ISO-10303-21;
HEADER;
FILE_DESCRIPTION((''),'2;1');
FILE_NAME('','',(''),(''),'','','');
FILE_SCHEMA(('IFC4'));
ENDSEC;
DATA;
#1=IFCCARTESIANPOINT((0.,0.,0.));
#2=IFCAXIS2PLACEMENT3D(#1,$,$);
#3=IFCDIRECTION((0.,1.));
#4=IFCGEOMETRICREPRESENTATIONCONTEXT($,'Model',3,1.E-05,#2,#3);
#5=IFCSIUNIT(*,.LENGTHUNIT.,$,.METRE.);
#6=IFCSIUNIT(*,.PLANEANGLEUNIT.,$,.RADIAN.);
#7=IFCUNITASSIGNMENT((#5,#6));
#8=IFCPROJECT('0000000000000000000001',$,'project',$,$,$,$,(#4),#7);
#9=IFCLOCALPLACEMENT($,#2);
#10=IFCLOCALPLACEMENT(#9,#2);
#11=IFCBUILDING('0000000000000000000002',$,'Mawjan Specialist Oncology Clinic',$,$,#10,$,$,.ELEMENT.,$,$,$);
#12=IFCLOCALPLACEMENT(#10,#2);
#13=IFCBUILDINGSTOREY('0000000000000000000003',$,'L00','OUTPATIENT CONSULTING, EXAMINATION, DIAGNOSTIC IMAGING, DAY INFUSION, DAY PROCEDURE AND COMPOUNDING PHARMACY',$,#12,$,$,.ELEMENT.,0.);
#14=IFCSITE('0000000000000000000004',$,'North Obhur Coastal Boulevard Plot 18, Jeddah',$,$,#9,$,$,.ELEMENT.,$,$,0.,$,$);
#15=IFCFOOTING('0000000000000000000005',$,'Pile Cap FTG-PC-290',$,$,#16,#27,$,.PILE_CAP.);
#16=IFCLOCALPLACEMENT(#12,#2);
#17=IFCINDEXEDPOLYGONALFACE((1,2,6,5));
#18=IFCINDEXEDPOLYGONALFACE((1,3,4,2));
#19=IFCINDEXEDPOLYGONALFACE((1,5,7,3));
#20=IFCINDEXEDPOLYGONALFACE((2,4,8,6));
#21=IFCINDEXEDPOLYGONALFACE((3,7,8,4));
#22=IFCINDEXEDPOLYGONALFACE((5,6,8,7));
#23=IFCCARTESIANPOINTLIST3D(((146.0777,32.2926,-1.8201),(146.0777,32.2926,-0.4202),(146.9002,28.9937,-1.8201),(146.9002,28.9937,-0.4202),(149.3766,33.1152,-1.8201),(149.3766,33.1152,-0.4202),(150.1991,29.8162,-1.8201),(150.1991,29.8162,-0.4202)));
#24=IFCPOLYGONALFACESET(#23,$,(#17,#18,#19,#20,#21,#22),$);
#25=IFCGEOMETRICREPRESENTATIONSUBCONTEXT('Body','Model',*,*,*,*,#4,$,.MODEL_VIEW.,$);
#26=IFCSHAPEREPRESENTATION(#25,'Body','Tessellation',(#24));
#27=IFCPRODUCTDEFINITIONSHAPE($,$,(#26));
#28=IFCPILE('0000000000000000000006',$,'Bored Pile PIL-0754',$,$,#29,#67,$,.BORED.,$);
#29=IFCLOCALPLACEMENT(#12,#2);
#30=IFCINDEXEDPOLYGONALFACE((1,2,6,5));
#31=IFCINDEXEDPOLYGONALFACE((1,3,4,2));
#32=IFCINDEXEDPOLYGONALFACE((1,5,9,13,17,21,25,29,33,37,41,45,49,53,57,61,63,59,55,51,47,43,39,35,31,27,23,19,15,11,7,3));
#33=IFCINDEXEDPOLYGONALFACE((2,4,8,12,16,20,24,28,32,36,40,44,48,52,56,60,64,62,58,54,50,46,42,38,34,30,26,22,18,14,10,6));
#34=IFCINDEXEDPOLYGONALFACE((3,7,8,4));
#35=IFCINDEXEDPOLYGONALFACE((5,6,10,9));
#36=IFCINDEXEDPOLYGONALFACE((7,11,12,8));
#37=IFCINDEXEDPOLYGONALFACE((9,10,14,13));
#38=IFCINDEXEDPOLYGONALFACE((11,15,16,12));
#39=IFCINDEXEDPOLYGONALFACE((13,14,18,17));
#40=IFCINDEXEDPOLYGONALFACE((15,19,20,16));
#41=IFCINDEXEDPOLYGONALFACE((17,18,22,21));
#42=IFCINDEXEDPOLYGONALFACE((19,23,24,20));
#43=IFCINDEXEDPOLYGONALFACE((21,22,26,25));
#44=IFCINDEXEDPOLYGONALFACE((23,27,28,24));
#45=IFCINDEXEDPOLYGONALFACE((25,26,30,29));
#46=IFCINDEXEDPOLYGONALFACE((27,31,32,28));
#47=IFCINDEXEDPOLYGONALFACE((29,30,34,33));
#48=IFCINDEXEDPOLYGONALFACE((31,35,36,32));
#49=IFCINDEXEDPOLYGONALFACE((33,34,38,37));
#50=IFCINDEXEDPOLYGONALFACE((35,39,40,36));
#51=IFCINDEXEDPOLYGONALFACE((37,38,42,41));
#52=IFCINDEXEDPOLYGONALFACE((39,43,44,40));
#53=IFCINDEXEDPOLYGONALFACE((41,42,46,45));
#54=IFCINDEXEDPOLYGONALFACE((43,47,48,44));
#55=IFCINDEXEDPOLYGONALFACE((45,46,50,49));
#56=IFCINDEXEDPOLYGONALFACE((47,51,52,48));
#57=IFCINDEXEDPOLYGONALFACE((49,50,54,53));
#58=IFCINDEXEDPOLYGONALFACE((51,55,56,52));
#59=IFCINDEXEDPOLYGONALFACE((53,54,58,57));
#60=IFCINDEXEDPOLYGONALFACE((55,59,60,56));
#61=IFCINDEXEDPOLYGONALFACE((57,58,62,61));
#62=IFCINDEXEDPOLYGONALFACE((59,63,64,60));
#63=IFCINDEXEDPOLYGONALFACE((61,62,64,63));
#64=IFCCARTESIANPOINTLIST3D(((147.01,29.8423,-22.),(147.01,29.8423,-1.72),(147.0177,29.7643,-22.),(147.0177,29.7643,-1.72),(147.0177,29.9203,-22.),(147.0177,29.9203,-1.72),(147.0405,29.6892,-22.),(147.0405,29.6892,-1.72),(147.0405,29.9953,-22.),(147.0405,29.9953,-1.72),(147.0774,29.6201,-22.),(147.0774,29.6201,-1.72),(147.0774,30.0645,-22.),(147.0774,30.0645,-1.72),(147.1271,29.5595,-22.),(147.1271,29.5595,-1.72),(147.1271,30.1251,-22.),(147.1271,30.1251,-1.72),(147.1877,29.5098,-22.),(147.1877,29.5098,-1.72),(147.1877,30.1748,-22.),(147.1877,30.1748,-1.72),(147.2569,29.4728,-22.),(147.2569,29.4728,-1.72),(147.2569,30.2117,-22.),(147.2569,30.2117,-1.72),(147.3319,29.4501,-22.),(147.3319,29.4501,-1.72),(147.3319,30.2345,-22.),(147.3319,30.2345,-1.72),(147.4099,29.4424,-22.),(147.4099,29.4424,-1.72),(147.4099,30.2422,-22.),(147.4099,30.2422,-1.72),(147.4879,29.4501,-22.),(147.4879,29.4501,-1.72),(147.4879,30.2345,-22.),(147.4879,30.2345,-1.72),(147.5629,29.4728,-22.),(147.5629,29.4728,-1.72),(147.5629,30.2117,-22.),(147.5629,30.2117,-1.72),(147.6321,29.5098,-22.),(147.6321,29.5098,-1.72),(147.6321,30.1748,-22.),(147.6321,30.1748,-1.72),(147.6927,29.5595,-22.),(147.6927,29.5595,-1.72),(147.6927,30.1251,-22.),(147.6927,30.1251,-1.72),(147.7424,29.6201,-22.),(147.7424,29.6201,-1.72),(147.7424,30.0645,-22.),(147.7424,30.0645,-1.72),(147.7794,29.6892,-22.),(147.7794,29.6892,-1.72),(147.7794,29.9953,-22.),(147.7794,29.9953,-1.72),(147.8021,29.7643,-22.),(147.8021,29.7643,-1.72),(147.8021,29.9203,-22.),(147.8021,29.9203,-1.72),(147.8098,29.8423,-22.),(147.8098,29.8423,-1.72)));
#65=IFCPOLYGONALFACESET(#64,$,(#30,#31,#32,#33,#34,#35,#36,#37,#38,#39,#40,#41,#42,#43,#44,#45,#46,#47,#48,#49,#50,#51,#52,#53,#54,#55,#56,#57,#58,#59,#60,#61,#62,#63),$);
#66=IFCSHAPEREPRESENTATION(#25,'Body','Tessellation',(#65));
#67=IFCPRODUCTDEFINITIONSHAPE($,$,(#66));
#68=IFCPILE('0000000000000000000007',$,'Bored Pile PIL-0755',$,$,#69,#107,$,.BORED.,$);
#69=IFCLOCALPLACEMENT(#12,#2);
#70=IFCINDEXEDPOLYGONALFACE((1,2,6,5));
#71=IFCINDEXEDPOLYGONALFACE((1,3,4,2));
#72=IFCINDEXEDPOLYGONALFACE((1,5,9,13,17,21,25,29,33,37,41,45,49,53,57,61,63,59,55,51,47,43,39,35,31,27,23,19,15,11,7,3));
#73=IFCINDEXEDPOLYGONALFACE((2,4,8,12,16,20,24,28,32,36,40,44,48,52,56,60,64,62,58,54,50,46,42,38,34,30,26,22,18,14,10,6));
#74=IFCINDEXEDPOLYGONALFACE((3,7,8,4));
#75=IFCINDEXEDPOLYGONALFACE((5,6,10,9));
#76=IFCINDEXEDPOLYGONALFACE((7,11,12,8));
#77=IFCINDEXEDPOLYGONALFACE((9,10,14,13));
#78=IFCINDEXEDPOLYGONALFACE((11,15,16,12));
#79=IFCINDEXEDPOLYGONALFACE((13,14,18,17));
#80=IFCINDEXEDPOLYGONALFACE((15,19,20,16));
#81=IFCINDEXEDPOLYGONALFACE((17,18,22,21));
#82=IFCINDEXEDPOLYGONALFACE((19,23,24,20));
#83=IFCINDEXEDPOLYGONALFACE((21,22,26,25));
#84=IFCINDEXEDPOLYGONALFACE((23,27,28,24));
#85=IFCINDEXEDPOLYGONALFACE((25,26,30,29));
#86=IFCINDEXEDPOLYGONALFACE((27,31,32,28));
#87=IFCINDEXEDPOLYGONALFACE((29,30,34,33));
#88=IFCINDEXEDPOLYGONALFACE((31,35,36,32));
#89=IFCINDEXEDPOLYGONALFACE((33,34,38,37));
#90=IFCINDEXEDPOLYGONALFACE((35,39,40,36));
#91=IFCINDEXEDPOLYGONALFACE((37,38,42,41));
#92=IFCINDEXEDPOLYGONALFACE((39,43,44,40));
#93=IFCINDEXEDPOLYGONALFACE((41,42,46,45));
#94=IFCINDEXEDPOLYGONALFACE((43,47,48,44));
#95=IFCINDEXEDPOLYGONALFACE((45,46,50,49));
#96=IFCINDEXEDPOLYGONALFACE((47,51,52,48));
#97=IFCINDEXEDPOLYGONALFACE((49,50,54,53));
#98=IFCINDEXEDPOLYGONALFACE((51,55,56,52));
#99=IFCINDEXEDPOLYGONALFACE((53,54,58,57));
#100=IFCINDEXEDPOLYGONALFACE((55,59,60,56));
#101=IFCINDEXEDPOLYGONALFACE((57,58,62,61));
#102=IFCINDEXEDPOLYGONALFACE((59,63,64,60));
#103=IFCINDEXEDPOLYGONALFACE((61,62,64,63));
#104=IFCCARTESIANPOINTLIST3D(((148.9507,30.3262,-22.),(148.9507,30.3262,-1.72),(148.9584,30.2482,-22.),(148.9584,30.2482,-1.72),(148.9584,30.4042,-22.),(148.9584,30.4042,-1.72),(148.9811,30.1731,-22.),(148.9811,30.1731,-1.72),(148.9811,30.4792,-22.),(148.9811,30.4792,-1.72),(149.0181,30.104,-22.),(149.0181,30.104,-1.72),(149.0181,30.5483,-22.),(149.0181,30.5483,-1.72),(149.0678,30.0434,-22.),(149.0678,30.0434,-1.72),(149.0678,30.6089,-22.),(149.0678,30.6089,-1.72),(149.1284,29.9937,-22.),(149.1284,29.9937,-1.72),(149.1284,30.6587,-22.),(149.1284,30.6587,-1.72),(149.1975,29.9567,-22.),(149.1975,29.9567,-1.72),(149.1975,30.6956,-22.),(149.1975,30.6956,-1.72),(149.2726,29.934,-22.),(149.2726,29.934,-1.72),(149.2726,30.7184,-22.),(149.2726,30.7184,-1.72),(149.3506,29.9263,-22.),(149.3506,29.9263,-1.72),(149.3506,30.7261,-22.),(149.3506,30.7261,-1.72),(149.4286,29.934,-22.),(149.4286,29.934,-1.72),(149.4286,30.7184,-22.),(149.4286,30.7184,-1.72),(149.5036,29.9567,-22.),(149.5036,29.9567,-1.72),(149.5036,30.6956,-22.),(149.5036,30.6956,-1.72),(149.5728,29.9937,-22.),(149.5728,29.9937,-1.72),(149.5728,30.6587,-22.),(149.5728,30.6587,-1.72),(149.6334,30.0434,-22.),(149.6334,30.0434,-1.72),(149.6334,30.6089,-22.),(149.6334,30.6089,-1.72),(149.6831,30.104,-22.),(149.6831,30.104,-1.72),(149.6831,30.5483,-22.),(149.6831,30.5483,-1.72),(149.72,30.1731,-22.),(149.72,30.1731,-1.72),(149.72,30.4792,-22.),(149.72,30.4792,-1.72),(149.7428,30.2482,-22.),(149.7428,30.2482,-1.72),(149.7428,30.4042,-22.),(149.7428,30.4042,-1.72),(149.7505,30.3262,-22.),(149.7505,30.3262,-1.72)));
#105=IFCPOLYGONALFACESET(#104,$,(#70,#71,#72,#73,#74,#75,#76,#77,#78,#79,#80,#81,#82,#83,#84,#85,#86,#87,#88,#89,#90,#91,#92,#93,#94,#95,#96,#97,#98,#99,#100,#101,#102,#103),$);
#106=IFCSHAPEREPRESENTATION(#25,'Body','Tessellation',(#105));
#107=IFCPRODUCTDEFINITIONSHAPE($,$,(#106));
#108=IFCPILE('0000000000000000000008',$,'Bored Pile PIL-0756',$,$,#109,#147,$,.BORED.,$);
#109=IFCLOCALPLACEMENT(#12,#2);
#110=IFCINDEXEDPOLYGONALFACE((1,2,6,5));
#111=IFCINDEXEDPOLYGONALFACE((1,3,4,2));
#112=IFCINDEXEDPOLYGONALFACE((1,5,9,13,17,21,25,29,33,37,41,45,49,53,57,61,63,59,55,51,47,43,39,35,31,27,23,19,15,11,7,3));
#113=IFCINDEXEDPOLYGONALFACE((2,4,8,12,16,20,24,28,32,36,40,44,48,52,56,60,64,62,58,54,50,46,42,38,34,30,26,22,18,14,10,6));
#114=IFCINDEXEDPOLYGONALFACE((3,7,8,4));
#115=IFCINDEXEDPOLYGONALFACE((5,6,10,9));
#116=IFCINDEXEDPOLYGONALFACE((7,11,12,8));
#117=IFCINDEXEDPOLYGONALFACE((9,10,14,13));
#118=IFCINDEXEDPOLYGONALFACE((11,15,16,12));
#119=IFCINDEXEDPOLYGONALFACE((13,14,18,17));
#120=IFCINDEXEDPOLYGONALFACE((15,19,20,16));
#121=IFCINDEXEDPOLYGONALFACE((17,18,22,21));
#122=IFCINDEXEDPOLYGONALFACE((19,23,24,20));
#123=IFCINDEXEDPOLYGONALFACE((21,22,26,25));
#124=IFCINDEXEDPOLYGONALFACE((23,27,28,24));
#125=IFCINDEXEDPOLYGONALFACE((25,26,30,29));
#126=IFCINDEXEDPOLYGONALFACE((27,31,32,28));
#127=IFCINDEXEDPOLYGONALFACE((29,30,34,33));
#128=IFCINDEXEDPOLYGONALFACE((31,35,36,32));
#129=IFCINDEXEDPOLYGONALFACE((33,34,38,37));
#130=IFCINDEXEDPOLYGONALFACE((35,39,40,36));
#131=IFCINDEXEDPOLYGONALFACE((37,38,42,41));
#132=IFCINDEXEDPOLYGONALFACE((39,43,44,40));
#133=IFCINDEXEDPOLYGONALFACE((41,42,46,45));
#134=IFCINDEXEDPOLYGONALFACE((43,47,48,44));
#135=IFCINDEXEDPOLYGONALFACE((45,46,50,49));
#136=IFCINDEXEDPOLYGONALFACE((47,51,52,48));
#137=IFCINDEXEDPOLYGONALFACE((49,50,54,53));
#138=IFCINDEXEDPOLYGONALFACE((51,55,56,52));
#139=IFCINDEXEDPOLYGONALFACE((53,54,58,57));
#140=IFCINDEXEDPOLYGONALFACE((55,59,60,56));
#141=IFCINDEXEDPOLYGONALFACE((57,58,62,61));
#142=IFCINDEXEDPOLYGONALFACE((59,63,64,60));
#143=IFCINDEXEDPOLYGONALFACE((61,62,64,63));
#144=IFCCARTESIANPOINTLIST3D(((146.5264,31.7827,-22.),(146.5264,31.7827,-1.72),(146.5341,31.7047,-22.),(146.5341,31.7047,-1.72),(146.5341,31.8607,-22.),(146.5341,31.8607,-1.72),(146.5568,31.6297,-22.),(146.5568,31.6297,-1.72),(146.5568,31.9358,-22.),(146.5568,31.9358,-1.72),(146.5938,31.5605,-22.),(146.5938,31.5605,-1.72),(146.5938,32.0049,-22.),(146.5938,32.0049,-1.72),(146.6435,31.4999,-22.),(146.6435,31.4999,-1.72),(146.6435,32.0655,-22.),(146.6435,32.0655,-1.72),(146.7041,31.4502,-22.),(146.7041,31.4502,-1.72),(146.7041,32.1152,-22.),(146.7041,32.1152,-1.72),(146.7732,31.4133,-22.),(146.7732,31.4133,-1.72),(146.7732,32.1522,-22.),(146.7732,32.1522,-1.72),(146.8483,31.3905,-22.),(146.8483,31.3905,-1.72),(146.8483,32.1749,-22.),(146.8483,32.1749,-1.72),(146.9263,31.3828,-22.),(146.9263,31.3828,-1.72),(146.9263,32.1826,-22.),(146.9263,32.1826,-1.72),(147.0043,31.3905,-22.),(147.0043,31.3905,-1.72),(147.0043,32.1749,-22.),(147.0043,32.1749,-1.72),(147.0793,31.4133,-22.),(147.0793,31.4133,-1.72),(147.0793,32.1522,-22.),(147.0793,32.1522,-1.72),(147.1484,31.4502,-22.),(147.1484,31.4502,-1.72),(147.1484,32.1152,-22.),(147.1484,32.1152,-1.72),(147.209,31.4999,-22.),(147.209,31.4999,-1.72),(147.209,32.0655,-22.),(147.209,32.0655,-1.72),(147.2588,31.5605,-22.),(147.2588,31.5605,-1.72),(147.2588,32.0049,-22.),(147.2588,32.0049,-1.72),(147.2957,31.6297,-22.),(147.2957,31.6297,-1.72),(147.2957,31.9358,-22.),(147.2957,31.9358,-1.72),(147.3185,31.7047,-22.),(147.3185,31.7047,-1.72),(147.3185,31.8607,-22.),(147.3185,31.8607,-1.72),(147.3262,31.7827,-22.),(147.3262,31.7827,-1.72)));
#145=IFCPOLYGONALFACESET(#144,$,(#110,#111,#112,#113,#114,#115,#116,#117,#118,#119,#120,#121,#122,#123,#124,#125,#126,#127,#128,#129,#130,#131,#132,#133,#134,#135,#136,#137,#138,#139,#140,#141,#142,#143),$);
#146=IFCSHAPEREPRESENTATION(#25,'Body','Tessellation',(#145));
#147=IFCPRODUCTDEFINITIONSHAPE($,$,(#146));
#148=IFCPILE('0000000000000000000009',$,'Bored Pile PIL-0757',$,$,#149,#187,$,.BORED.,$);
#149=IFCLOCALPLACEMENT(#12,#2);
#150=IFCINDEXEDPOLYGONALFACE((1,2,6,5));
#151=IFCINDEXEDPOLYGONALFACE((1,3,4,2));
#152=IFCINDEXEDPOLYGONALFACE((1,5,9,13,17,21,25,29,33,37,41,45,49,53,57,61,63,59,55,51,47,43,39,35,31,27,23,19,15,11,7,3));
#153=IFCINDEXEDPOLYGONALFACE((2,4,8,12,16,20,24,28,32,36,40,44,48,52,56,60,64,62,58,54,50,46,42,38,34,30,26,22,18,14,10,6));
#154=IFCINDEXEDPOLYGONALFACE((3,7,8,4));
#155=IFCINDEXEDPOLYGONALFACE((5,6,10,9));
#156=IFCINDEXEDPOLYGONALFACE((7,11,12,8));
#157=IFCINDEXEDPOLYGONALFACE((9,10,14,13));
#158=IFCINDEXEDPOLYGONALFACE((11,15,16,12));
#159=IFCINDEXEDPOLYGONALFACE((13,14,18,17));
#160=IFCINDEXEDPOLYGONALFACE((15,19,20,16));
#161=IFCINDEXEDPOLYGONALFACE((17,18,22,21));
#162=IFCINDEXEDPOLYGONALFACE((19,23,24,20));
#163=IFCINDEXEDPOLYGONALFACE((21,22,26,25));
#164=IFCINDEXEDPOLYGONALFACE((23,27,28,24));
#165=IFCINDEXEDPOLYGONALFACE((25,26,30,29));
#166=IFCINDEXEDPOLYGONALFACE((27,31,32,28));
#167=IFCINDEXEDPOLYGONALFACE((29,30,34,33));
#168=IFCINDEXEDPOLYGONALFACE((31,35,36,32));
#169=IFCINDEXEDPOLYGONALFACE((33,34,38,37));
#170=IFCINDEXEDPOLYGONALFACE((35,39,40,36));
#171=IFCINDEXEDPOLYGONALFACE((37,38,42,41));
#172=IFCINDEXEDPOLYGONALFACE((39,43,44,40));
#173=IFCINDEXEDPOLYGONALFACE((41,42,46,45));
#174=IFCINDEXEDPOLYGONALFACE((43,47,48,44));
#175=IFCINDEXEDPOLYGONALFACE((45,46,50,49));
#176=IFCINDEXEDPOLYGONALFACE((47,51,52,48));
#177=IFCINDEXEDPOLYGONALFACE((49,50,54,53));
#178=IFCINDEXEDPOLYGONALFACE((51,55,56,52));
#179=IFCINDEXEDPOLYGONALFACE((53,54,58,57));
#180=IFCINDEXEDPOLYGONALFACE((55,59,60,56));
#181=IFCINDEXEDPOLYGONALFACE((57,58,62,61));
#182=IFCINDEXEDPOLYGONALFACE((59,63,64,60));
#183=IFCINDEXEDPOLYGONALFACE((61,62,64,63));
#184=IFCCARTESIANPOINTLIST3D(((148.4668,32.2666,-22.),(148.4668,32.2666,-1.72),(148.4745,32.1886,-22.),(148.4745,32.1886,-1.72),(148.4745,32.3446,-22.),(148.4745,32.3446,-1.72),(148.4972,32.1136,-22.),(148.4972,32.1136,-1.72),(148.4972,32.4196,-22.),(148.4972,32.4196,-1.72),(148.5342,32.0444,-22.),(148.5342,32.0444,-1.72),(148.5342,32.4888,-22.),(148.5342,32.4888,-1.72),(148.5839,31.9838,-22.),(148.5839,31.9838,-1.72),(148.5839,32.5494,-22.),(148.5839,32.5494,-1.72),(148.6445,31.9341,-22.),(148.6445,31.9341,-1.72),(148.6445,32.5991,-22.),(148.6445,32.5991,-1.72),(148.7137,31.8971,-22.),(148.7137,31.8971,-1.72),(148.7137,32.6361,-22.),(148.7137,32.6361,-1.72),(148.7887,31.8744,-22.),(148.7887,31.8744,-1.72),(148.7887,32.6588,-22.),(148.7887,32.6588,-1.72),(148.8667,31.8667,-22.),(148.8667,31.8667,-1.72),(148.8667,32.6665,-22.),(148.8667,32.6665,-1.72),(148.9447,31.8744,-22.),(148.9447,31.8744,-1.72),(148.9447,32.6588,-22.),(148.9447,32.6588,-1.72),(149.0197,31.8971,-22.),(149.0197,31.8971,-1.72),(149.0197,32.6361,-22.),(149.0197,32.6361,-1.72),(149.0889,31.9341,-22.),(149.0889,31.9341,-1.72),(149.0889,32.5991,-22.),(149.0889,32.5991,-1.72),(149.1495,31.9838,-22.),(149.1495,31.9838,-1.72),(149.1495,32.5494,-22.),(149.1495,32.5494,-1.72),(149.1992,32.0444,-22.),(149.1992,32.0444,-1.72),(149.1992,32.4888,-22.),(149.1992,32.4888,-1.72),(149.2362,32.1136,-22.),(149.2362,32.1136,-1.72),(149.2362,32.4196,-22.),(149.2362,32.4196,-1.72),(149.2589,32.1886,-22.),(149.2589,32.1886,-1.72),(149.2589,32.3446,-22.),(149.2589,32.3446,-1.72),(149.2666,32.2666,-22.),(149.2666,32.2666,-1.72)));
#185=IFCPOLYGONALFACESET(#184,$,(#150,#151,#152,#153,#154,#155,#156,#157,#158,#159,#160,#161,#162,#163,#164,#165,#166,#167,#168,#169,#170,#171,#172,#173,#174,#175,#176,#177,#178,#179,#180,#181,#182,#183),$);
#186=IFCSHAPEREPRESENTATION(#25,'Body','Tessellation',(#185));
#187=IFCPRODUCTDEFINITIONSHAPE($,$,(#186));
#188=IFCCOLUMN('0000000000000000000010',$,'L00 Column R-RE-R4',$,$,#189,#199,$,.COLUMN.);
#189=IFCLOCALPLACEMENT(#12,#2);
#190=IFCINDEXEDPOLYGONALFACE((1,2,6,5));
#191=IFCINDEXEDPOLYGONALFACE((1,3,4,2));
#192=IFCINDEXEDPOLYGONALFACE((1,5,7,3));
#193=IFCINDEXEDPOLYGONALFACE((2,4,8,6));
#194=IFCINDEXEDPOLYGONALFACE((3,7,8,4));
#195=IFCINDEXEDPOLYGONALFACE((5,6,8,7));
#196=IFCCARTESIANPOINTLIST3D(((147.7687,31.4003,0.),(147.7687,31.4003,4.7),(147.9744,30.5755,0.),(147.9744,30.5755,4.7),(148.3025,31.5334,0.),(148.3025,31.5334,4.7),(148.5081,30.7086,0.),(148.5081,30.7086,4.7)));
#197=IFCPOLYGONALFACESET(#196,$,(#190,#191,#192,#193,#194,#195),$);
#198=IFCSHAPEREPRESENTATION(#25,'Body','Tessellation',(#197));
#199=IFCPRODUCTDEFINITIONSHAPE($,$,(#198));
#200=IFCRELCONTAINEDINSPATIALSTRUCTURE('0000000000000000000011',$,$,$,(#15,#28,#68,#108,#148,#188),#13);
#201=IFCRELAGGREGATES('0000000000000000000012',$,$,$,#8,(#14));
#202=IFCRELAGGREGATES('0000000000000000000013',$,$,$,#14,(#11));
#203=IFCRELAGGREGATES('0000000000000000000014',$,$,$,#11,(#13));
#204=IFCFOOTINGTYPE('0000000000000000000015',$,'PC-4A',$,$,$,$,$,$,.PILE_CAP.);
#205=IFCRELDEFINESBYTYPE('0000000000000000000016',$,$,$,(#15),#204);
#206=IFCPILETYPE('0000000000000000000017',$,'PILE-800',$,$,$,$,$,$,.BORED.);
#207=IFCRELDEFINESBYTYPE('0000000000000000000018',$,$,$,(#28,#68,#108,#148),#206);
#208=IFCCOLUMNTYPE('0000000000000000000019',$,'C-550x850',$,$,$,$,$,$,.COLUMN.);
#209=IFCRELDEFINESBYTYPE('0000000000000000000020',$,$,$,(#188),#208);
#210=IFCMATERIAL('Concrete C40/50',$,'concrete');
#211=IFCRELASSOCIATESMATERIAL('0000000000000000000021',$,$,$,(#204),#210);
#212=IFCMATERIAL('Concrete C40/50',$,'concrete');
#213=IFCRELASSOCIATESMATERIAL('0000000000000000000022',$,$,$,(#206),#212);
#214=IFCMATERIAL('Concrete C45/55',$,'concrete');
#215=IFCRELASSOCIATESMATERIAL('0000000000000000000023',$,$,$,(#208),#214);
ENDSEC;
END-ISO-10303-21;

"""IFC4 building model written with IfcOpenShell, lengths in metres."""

from ifc_helpers import new_model, si_unit, direction, frame, origin, origin_2d, place, context, subcontext, project, spatial, rectangle, circle, extrude, material, material_profile, profile_set, type_object, element, save


model = new_model("IFC4")

# Units and contexts
model_context = context("Model", 3, precision=1e-05, world=origin(), true_north=direction((0.0, 1.0)))
body_context = subcontext(model_context, "Body", "Model", "MODEL_VIEW")
ifc_project = project(units=[si_unit("LENGTHUNIT", "METRE"), si_unit("PLANEANGLEUNIT", "RADIAN")], contexts=[model_context])

# Site, building, storey
site_placement = place(None, origin())
site = spatial("IfcSite", under=ifc_project, at=site_placement, Name="North Obhur Coastal Boulevard Plot 18, Jeddah", CompositionType="ELEMENT", RefElevation=0.0)
building_placement = place(site_placement, origin())
building = spatial("IfcBuilding", under=site, at=building_placement, Name="Mawjan Specialist Oncology Clinic", CompositionType="ELEMENT")
storey_placement = place(building_placement, origin())
storey = spatial("IfcBuildingStorey", under=building, at=storey_placement, Name="L00", Description="OUTPATIENT CONSULTING, EXAMINATION, DIAGNOSTIC IMAGING, DAY INFUSION, DAY PROCEDURE AND COMPOUNDING PHARMACY", CompositionType="ELEMENT", Elevation=0.0)

# Footing
ifc_material_1 = material(Name="Concrete C40/50", Category="concrete")
footing_type = type_object("IfcFootingType", Name="PC-4A", PredefinedType="PILE_CAP", material=ifc_material_1)
footing_placement = place(storey_placement, frame((148.1384, 31.0544, -1.8201), z_axis=(0.0, 0.0, 1.0), x_axis=(0.970296, 0.241922, 0.0)))
element("IfcFooting", 1, at=footing_placement, inside=storey, type_object=footing_type, Name="Pile Cap FTG-PC-290", PredefinedType="PILE_CAP", context=body_context, shape_type="SweptSolid", body=[
    extrude(rectangle(XDim=3.3999, YDim=3.3999, at=origin_2d()), origin(), (0.0, 0.0, 1.0), 1.3999),
])

# Piles
ifc_material_2 = material(Name="Concrete C40/50", Category="concrete")
ifc_material_profile_1 = material_profile(ifc_material_2, circle(Radius=0.3999, at=origin_2d()), Name="BORED PILE D800", Category="concrete")
ifc_profile_set_1 = profile_set([ifc_material_profile_1], Name="Concrete C40/50")
pile_type = type_object("IfcPileType", Name="PILE-800", PredefinedType="BORED", material=ifc_profile_set_1)
for number, where, z_axis, x_axis, name in (
    (2, (147.4099, 29.8423, -1.72), (0.0, 0.0, -1.0), (1.0, 0.0, 0.0), "Bored Pile PIL-0754"),
    (3, (149.3506, 30.3262, -1.72), (0.0, 0.0, -1.0), (1.0, 0.0, 0.0), "Bored Pile PIL-0755"),
    (4, (146.9263, 31.7827, -1.72), (0.0, 0.0, -1.0), (1.0, 0.0, 0.0), "Bored Pile PIL-0756"),
    (5, (148.8667, 32.2666, -1.72), (0.0, 0.0, -1.0), (1.0, 0.0, 0.0), "Bored Pile PIL-0757"),
):
    element("IfcPile", number, at=place(storey_placement, frame(where, z_axis=z_axis, x_axis=x_axis)), inside=storey, type_object=pile_type, Name=name, PredefinedType="BORED", context=body_context, shape_type="SweptSolid", body=[
        extrude(circle(Radius=0.3999, at=origin_2d()), origin(), (0.0, 0.0, 1.0), 20.28),
    ])

# Column
ifc_material_3 = material(Name="Concrete C45/55", Category="concrete")
ifc_material_profile_2 = material_profile(ifc_material_3, rectangle(XDim=0.55, YDim=0.8501, at=origin_2d()), Name="RC COL 550x850", Category="concrete")
ifc_profile_set_2 = profile_set([ifc_material_profile_2], Name="Concrete C45/55")
column_type = type_object("IfcColumnType", Name="C-550x850", PredefinedType="COLUMN", material=ifc_profile_set_2)
column_placement = place(storey_placement, frame((148.1384, 31.0544, 0.0), z_axis=(0.0, 0.0, 1.0), x_axis=(0.970296, 0.241922, 0.0)))
element("IfcColumn", 6, at=column_placement, inside=storey, type_object=column_type, Name="L00 Column R-RE-R4", PredefinedType="COLUMN", context=body_context, shape_type="SweptSolid", body=[
    extrude(rectangle(XDim=0.55, YDim=0.8501, at=origin_2d()), origin(), (0.0, 0.0, 1.0), 4.7),
])

save(model, "model.ifc")
